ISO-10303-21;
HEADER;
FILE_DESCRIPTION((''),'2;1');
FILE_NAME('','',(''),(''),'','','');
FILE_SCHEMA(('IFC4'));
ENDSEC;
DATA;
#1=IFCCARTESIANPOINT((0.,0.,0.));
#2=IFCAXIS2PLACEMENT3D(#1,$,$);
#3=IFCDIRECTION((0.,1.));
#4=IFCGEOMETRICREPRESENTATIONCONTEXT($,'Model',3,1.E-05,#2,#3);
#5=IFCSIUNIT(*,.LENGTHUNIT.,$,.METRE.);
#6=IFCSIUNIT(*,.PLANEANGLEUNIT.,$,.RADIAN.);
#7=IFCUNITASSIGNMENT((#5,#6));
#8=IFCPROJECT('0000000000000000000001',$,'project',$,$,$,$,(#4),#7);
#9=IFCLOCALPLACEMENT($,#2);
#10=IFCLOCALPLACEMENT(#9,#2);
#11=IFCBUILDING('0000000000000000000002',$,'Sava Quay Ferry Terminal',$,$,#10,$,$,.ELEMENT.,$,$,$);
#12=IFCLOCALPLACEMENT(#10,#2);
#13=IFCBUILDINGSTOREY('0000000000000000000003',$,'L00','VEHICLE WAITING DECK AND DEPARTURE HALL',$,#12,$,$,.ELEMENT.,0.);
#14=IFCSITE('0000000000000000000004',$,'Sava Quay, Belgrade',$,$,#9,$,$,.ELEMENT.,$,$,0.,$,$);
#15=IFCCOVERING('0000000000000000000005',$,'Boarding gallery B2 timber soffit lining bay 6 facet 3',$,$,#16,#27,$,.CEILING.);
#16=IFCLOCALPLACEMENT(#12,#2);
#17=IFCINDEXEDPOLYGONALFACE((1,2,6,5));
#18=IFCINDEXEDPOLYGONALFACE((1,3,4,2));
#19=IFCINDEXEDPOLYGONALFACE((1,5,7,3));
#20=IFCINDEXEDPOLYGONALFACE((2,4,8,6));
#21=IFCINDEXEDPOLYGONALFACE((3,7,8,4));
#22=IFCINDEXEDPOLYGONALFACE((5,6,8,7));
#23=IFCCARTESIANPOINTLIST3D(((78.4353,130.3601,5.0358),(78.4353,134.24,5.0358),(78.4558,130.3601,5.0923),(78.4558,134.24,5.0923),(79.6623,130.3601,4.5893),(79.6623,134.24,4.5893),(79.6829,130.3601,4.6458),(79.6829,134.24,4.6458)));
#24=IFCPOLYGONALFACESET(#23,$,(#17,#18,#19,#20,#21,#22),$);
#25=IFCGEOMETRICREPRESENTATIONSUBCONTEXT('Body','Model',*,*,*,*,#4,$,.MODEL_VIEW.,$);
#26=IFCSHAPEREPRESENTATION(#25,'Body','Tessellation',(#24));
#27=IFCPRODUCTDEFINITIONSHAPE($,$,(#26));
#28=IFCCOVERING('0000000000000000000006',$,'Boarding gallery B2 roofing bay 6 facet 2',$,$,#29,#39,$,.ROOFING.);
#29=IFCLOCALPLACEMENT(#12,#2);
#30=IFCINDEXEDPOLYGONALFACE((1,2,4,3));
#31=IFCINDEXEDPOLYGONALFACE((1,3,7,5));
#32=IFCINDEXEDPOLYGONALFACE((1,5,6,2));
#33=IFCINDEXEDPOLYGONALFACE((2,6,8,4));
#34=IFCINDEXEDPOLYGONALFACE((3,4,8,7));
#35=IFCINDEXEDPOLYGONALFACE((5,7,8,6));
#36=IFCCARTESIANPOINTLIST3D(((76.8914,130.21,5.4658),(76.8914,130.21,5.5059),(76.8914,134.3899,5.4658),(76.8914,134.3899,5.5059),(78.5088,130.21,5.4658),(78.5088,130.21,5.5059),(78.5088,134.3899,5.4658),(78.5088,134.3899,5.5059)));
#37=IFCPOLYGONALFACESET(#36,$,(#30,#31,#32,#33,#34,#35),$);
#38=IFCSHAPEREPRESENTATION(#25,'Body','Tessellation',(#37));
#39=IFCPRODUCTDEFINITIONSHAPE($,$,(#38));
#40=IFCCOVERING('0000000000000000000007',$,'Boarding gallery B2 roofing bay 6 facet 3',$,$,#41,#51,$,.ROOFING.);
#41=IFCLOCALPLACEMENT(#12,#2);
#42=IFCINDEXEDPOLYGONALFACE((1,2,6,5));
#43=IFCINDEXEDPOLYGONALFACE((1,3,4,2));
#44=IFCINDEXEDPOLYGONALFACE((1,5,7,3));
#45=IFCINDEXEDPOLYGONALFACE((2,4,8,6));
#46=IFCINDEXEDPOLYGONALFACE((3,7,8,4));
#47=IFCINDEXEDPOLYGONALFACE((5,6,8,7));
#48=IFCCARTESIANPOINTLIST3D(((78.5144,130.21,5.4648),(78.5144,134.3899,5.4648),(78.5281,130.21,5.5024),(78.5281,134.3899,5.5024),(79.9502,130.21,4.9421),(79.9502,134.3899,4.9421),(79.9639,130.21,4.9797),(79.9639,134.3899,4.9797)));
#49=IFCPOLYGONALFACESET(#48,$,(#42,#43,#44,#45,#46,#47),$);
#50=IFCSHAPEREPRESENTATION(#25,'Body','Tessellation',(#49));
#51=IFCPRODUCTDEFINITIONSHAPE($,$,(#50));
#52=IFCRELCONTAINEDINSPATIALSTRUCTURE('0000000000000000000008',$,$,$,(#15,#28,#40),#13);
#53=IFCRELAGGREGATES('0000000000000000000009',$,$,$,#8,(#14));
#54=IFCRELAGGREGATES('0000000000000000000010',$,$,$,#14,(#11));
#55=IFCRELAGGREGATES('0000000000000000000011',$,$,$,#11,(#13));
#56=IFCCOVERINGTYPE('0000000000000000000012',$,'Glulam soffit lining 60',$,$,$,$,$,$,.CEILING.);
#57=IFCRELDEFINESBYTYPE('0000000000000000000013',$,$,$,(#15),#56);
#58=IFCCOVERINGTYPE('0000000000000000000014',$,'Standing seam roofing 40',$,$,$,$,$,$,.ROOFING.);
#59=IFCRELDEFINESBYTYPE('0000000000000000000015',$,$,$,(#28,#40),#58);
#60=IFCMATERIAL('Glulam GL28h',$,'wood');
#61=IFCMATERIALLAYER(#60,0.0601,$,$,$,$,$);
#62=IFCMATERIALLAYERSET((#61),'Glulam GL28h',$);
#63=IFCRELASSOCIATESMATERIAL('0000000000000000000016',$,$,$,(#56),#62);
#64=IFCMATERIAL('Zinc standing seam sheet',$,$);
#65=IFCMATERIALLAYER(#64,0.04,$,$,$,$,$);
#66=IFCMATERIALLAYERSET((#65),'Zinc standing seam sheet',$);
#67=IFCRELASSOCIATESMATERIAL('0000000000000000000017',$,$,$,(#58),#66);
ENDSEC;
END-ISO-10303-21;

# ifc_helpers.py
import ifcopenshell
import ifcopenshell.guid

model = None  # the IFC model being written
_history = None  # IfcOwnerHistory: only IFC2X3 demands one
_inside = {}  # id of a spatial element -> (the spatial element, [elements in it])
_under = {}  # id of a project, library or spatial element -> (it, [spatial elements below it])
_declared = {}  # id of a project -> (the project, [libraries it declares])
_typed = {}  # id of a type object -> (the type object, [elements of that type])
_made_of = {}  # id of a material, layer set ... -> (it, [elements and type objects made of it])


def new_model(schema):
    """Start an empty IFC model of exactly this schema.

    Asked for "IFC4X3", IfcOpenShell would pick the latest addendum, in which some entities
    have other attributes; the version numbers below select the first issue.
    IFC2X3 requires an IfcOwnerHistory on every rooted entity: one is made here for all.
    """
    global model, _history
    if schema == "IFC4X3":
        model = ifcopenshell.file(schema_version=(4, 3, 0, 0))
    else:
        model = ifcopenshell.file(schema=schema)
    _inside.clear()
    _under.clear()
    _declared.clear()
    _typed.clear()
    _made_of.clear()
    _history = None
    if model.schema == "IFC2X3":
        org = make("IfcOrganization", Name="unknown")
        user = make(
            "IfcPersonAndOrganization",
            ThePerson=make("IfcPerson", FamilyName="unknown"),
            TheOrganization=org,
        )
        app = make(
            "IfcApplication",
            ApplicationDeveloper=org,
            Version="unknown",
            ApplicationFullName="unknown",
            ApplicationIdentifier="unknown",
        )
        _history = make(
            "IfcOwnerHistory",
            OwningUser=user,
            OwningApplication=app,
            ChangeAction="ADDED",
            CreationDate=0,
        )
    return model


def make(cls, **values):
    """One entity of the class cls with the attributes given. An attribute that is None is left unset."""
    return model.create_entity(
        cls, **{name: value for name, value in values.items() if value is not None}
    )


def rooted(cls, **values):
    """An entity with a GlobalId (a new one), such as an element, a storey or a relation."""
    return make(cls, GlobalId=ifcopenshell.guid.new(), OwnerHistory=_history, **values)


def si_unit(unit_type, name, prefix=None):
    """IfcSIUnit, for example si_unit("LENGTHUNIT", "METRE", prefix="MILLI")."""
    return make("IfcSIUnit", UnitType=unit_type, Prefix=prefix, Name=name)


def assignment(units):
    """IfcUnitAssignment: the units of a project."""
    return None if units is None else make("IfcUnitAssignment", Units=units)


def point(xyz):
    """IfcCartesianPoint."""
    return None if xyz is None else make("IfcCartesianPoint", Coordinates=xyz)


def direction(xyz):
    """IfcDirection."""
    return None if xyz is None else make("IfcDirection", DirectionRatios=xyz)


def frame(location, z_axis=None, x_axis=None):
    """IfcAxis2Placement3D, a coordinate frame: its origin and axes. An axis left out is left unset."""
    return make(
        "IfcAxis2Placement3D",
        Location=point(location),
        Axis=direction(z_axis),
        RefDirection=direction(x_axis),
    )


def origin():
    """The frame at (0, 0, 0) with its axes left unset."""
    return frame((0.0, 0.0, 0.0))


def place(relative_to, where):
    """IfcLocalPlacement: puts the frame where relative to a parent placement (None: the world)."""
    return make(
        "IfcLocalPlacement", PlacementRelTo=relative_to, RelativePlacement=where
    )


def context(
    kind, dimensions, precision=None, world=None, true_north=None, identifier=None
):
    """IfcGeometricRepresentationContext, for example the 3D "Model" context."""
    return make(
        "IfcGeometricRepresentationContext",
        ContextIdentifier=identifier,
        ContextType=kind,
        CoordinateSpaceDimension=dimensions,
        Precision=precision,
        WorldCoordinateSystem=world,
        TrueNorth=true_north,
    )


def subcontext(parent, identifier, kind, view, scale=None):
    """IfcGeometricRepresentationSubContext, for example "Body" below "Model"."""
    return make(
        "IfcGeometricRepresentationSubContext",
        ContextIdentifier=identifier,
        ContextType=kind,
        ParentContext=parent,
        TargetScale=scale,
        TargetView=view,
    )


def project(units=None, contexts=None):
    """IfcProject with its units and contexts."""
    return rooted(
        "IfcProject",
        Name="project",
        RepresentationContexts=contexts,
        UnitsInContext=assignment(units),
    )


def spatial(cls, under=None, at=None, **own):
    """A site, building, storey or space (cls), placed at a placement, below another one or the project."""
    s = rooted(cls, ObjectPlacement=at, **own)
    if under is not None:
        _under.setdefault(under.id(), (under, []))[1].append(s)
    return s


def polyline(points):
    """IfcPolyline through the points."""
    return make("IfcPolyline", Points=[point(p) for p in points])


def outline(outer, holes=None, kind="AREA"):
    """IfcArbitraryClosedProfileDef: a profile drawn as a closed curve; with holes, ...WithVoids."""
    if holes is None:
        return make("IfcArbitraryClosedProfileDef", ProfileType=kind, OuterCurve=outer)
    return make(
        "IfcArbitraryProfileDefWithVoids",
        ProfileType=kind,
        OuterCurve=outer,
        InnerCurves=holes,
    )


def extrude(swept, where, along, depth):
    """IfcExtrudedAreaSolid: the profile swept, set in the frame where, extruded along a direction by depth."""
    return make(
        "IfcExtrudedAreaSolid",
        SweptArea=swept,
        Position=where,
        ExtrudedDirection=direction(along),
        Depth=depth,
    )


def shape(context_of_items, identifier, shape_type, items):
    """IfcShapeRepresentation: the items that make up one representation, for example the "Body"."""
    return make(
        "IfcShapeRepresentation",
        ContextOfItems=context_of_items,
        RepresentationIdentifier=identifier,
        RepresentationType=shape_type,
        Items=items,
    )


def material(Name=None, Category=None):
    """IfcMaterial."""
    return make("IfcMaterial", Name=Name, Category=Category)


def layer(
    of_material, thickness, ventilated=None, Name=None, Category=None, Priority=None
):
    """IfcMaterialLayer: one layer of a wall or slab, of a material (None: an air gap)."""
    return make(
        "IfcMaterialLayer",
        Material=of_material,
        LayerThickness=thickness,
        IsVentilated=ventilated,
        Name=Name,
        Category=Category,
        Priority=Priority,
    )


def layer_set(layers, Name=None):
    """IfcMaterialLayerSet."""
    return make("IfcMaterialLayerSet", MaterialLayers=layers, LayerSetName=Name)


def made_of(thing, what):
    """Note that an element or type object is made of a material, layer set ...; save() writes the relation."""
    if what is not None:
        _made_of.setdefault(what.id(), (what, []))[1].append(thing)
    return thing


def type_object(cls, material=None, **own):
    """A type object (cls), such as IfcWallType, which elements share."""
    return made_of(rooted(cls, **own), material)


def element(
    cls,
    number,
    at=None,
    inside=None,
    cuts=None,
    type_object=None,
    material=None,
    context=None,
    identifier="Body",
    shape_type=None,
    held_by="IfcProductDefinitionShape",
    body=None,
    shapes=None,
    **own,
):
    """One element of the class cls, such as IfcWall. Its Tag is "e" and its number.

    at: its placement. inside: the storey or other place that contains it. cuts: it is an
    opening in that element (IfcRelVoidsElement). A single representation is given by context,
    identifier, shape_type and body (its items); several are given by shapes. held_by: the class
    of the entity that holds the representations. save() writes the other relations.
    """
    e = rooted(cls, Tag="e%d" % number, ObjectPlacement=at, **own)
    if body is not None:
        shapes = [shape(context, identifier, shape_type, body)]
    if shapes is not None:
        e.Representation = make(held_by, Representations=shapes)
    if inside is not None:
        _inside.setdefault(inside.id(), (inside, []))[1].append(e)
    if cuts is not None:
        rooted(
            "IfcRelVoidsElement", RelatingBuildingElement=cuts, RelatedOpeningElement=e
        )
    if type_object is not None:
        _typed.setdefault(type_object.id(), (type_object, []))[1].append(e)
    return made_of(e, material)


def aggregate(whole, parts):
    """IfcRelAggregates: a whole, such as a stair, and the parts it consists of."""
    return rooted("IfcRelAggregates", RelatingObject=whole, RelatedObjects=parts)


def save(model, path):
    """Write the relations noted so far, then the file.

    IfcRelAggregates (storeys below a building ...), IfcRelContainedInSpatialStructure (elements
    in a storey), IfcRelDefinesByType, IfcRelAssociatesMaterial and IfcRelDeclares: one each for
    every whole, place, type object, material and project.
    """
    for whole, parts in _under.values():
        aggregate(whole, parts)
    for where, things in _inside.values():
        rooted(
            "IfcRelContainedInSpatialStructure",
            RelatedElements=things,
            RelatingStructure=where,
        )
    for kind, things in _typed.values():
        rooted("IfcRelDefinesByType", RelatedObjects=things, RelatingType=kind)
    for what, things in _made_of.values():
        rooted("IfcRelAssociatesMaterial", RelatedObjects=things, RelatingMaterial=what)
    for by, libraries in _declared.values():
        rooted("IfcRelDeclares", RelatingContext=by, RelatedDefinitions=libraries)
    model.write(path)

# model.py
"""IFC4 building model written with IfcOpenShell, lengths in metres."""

from ifc_helpers import new_model, si_unit, direction, frame, origin, place, context, subcontext, project, spatial, polyline, outline, extrude, material, layer, layer_set, type_object, element, save


model = new_model("IFC4")

# Units and contexts
model_context = context("Model", 3, precision=1e-05, world=origin(), true_north=direction((0.0, 1.0)))
body_context = subcontext(model_context, "Body", "Model", "MODEL_VIEW")
ifc_project = project(units=[si_unit("LENGTHUNIT", "METRE"), si_unit("PLANEANGLEUNIT", "RADIAN")], contexts=[model_context])

# Site, building, storey
site_placement = place(None, origin())
site = spatial("IfcSite", under=ifc_project, at=site_placement, Name="Sava Quay, Belgrade", CompositionType="ELEMENT", RefElevation=0.0)
building_placement = place(site_placement, origin())
building = spatial("IfcBuilding", under=site, at=building_placement, Name="Sava Quay Ferry Terminal", CompositionType="ELEMENT")
storey_placement = place(building_placement, origin())
storey = spatial("IfcBuildingStorey", under=building, at=storey_placement, Name="L00", Description="VEHICLE WAITING DECK AND DEPARTURE HALL", CompositionType="ELEMENT", Elevation=0.0)

# Coverings
ifc_material_1 = material(Name="Glulam GL28h", Category="wood")
ifc_layer_1 = layer(ifc_material_1, 0.0601)
ifc_layer_set_1 = layer_set([ifc_layer_1], Name="Glulam GL28h")
covering_type_1 = type_object("IfcCoveringType", Name="Glulam soffit lining 60", PredefinedType="CEILING", material=ifc_layer_set_1)
covering_1_placement = place(storey_placement, frame((78.4558, 130.3601, 5.0923), z_axis=(0.341968, 0.0, 0.939712), x_axis=(0.939712, 0.0, -0.341968)))
element("IfcCovering", 1, at=covering_1_placement, inside=storey, type_object=covering_type_1, Name="Boarding gallery B2 timber soffit lining bay 6 facet 3", PredefinedType="CEILING", context=body_context, shape_type="SweptSolid", body=[
    extrude(outline(polyline([(0.0, 0.0), (1.3058, 0.0), (1.3058, 3.8799), (0.0, 3.8799), (0.0, 0.0)])), origin(), (0.0, 0.0, -1.0), 0.0601),
])
ifc_material_2 = material(Name="Zinc standing seam sheet")
ifc_layer_2 = layer(ifc_material_2, 0.04)
ifc_layer_set_2 = layer_set([ifc_layer_2], Name="Zinc standing seam sheet")
covering_type_2 = type_object("IfcCoveringType", Name="Standing seam roofing 40", PredefinedType="ROOFING", material=ifc_layer_set_2)
covering_2_placement = place(storey_placement, frame((76.8914, 130.21, 5.5059), z_axis=(0.0, 0.0, 1.0), x_axis=(1.0, 0.0, 0.0)))
element("IfcCovering", 2, at=covering_2_placement, inside=storey, type_object=covering_type_2, Name="Boarding gallery B2 roofing bay 6 facet 2", PredefinedType="ROOFING", context=body_context, shape_type="SweptSolid", body=[
    extrude(outline(polyline([(0.0, 0.0), (1.6174, 0.0), (1.6174, 4.1799), (0.0, 4.1799), (0.0, 0.0)])), origin(), (0.0, 0.0, -1.0), 0.04),
])
covering_3_placement = place(storey_placement, frame((78.5281, 130.21, 5.5024), z_axis=(0.342089, 0.0, 0.939667), x_axis=(0.939667, 0.0, -0.342089)))
element("IfcCovering", 3, at=covering_3_placement, inside=storey, type_object=covering_type_2, Name="Boarding gallery B2 roofing bay 6 facet 3", PredefinedType="ROOFING", context=body_context, shape_type="SweptSolid", body=[
    extrude(outline(polyline([(0.0, 0.0), (1.528, 0.0), (1.528, 4.1799), (0.0, 4.1799), (0.0, 0.0)])), origin(), (0.0, 0.0, -1.0), 0.04),
])

save(model, "model.ifc")
